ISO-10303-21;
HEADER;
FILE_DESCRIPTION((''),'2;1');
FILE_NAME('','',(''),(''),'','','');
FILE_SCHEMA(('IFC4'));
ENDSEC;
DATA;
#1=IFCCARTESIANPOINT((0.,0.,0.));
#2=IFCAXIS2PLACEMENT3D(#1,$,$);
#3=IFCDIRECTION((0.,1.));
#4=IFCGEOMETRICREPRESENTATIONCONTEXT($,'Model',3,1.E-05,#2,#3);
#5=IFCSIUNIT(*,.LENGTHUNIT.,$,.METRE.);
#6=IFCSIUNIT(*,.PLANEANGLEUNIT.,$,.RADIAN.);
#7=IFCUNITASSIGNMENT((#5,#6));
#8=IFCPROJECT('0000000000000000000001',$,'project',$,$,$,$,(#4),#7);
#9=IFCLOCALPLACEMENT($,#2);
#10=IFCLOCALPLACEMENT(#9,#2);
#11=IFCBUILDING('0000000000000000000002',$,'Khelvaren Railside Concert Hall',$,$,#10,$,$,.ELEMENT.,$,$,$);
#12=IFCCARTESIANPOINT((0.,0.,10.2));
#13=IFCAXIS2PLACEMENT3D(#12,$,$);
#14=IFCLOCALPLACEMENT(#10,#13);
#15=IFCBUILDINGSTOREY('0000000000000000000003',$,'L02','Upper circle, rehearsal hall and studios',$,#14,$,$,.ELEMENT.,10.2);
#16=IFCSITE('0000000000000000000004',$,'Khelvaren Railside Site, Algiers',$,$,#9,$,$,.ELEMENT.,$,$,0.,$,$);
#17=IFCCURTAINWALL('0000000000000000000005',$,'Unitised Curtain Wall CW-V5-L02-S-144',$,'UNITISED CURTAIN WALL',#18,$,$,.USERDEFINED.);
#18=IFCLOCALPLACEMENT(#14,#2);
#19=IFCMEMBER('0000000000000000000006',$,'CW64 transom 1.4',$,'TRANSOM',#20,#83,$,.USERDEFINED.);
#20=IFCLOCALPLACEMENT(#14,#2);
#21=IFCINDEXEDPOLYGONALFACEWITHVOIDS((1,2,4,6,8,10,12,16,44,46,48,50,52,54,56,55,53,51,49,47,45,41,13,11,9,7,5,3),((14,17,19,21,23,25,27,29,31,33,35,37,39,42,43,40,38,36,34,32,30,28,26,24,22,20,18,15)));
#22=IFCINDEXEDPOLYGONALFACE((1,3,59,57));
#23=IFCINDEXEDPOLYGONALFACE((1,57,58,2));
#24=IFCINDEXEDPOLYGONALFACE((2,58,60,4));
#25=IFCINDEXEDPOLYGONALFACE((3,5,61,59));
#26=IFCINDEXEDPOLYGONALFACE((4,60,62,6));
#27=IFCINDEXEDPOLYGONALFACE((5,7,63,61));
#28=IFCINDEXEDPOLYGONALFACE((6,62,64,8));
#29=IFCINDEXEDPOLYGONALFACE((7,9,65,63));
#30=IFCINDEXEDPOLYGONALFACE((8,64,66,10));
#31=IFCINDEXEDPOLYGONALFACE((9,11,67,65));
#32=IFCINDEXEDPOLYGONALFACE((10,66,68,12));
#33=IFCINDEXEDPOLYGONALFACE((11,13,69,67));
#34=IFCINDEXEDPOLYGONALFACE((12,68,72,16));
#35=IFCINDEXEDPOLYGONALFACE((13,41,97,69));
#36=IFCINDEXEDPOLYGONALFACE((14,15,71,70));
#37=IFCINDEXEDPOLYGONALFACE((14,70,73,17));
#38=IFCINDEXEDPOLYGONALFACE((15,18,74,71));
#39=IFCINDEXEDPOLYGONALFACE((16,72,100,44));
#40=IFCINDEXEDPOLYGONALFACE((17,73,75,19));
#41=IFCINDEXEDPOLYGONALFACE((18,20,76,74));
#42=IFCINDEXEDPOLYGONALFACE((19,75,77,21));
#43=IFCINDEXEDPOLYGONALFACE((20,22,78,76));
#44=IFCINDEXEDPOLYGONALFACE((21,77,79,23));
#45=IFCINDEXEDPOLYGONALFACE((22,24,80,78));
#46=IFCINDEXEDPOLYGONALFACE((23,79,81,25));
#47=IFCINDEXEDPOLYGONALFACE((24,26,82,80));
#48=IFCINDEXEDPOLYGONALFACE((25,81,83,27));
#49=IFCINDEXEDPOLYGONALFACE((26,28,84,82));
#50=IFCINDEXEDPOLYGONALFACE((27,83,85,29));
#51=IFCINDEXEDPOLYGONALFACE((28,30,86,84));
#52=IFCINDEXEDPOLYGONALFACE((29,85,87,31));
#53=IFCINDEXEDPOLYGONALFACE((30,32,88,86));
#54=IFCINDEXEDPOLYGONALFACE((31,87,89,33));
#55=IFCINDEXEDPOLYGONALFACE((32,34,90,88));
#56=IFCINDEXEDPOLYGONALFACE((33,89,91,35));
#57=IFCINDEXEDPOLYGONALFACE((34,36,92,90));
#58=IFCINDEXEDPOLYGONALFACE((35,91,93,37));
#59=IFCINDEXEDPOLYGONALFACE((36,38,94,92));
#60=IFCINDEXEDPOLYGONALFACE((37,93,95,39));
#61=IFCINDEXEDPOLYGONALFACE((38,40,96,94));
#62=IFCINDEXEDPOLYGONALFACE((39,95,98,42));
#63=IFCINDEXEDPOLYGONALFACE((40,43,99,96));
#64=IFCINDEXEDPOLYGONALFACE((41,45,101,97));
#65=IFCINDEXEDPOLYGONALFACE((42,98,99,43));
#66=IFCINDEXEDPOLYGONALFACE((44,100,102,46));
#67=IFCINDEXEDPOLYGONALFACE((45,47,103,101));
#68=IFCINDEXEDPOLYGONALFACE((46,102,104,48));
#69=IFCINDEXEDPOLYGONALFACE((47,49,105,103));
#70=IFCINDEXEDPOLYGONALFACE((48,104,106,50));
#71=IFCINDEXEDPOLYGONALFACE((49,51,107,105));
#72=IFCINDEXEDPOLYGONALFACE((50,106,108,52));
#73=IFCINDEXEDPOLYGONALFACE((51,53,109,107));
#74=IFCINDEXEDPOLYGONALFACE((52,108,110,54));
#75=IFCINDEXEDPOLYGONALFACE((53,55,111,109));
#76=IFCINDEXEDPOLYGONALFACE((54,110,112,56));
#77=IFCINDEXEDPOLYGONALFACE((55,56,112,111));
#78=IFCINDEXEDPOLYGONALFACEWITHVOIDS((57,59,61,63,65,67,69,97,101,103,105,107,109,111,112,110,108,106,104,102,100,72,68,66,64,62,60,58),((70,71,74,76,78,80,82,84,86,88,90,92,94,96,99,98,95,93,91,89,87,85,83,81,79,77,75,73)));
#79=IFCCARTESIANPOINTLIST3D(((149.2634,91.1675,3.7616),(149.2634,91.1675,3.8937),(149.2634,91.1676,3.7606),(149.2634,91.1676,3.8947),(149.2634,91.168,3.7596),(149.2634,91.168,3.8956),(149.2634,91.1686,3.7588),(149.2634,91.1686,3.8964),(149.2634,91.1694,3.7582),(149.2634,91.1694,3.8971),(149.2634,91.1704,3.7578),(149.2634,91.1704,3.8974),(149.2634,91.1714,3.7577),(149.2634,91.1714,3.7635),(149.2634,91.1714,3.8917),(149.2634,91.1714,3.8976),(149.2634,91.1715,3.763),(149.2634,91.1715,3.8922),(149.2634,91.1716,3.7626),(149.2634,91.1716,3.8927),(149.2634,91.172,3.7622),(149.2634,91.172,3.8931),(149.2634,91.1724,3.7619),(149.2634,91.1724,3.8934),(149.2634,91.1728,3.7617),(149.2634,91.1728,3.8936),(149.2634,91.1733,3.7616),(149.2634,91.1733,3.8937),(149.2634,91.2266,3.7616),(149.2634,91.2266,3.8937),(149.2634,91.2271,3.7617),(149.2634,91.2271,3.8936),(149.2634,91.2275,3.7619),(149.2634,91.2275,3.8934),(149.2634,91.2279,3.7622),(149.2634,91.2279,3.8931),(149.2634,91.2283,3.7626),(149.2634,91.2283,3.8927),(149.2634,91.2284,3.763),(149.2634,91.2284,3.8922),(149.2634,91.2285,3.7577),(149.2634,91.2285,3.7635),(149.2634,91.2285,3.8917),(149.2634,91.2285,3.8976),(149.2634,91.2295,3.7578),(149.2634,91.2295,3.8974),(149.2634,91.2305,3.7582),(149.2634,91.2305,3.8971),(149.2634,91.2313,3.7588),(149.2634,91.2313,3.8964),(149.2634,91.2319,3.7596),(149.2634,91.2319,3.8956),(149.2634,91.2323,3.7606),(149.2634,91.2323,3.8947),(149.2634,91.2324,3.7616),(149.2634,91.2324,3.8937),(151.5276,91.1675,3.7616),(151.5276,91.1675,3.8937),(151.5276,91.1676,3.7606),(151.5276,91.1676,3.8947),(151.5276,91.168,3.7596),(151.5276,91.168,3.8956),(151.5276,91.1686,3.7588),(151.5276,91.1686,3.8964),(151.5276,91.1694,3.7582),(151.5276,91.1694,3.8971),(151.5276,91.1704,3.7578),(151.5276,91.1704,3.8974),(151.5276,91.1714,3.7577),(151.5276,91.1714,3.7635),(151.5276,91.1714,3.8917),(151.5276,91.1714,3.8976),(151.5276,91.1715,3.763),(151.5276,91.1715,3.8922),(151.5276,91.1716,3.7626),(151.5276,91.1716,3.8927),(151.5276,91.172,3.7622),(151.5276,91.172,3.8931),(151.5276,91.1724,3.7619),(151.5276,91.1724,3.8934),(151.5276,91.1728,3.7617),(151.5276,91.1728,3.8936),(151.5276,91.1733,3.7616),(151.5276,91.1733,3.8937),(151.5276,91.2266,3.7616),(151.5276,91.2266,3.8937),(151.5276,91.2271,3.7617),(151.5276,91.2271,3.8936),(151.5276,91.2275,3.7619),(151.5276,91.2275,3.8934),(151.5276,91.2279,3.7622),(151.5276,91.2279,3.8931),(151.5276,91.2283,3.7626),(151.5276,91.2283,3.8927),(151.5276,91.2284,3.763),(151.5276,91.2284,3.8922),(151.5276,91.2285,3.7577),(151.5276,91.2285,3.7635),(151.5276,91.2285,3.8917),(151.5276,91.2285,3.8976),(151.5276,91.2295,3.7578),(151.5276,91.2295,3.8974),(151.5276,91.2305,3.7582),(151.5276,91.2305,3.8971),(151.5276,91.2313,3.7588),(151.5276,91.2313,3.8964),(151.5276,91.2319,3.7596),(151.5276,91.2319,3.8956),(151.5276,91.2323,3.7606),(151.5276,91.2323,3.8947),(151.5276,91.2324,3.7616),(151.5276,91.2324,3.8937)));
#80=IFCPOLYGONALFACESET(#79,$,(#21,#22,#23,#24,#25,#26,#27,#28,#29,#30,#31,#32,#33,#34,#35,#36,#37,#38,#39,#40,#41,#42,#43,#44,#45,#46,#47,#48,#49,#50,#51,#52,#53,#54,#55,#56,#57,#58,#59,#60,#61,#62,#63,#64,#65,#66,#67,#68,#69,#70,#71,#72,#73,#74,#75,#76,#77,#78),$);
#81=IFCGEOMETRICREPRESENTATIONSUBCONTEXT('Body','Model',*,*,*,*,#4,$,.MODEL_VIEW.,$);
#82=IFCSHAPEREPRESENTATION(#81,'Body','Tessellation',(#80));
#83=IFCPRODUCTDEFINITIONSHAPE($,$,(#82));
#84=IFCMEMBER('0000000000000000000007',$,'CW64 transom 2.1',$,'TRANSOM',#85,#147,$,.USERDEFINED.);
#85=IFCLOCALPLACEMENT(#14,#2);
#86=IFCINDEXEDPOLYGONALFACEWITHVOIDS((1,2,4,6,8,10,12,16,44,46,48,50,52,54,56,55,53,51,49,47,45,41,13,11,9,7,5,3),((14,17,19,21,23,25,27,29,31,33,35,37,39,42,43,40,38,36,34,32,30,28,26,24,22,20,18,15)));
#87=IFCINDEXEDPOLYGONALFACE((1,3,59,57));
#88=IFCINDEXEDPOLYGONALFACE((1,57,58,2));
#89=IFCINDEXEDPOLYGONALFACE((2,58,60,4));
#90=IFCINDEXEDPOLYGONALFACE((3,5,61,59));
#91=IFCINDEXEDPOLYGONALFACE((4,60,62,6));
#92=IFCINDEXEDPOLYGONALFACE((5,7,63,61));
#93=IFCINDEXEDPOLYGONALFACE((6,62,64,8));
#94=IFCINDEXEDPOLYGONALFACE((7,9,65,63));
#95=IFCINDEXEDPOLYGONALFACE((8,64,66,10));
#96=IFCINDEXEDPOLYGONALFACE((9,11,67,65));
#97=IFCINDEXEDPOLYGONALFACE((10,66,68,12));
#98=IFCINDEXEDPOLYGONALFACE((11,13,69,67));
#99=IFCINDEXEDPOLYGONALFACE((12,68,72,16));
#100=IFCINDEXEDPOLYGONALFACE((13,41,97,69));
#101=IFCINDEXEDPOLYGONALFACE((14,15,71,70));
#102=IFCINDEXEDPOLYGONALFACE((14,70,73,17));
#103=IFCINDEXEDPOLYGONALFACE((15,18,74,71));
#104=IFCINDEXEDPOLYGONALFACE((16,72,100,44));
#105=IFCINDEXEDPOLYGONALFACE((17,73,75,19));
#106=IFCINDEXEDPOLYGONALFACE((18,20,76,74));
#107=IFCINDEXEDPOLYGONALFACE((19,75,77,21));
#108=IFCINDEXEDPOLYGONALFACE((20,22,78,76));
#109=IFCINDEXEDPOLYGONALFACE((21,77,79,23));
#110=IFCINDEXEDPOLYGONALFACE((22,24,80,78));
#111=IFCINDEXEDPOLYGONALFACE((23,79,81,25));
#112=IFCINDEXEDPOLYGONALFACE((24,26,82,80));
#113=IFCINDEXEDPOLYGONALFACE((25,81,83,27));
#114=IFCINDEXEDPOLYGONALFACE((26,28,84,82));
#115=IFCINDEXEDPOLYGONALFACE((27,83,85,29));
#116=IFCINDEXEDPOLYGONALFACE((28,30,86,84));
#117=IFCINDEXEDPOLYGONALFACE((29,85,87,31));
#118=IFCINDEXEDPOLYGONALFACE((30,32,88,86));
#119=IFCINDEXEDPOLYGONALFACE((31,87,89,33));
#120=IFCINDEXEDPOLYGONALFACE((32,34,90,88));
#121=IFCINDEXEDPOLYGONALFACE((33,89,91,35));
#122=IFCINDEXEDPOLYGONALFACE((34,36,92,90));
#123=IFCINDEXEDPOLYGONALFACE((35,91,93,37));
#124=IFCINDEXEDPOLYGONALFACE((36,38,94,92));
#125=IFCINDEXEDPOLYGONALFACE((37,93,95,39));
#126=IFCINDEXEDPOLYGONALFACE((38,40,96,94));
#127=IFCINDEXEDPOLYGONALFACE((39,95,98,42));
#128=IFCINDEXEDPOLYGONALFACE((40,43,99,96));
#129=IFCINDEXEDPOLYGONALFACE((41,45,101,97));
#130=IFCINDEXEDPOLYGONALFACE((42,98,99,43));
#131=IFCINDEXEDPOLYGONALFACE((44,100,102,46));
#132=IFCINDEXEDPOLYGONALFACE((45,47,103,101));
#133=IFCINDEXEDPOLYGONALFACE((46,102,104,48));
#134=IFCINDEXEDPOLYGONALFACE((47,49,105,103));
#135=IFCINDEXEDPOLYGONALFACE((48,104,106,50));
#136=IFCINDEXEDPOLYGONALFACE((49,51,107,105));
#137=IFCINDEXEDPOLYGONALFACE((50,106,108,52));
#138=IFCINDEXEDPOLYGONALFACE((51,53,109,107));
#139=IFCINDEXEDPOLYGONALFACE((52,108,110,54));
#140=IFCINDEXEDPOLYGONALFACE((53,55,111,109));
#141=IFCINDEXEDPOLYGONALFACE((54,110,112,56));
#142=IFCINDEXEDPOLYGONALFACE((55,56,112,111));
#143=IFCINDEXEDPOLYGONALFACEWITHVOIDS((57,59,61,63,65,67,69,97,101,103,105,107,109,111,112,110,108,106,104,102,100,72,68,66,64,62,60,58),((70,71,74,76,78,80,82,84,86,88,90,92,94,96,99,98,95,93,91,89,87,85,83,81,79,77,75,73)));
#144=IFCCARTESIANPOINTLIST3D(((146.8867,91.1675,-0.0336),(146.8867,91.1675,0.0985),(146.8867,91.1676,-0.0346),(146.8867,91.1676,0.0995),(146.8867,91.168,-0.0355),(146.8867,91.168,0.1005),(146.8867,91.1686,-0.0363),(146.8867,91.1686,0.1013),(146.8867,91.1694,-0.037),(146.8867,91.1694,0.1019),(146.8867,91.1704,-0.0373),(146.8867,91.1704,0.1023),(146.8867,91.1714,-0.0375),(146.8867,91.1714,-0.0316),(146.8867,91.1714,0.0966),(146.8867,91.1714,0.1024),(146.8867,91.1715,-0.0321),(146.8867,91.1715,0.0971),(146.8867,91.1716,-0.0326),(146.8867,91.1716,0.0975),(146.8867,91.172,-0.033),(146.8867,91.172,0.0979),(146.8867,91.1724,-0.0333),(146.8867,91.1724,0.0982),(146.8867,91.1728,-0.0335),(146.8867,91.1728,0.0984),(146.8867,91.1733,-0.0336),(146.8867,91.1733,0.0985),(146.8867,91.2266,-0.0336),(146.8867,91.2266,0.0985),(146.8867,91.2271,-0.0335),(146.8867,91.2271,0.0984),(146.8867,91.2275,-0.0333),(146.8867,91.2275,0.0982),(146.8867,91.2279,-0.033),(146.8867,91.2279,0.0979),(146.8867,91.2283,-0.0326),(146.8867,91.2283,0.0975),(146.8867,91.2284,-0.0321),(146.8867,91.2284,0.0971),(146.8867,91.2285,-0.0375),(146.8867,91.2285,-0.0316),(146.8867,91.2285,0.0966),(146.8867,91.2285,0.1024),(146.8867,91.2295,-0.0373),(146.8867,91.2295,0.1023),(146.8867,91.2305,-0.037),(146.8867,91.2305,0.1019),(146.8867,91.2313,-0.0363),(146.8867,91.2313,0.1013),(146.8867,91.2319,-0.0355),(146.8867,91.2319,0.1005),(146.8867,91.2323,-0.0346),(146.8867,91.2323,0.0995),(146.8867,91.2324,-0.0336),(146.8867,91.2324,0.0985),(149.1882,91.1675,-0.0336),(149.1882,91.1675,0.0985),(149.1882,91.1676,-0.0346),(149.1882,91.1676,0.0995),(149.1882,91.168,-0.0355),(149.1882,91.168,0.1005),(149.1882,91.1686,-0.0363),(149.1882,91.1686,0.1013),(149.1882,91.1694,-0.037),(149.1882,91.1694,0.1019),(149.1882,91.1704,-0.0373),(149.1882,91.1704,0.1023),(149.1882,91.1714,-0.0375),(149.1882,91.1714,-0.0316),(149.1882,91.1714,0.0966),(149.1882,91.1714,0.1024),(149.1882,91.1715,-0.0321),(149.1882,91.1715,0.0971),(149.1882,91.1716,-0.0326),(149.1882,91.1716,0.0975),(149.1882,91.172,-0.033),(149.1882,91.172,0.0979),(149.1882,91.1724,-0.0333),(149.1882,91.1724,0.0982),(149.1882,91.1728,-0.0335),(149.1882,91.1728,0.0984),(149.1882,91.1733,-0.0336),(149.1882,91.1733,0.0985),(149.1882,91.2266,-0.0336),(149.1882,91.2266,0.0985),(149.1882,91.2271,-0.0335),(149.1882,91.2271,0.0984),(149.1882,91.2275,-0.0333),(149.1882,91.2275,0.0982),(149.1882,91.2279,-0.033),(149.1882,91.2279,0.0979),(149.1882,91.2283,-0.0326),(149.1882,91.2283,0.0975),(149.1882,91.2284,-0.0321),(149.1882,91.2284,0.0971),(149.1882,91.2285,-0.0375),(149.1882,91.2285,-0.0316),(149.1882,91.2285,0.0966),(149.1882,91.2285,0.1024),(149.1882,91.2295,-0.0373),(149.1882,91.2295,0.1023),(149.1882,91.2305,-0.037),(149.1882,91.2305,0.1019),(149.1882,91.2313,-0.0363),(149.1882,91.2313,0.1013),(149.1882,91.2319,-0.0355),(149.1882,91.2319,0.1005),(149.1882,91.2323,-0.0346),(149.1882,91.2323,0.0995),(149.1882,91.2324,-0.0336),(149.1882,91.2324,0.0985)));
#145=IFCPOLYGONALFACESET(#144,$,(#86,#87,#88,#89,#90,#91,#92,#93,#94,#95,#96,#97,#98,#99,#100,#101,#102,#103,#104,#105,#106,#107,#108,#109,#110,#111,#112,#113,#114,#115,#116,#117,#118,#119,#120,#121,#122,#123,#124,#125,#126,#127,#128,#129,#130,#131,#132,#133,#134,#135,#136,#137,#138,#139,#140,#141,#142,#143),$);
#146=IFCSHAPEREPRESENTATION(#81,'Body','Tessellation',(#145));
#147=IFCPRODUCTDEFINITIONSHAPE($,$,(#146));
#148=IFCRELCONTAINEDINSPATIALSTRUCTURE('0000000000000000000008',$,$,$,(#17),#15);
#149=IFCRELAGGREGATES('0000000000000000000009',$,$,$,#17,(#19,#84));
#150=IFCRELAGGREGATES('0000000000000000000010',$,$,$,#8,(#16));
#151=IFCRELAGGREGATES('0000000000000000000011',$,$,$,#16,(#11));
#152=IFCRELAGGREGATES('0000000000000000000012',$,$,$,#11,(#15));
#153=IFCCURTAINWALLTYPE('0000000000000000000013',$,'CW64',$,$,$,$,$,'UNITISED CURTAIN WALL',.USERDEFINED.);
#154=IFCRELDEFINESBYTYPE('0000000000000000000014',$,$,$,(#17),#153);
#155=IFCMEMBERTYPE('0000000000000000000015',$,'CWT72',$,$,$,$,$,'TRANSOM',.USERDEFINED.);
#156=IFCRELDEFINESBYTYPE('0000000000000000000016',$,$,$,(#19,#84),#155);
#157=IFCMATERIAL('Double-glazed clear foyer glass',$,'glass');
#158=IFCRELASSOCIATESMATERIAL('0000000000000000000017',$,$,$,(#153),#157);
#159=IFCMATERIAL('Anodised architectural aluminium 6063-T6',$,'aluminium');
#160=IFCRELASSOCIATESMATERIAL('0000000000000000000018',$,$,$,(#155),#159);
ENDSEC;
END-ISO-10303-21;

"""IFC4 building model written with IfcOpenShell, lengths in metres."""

from ifc_helpers import new_model, si_unit, direction, frame, origin, origin_2d, place, context, subcontext, project, spatial, hollow_rectangle, extrude, material, material_profile, profile_set, type_object, element, aggregate, save


model = new_model("IFC4")

# Units and contexts
model_context = context("Model", 3, precision=1e-05, world=origin(), true_north=direction((0.0, 1.0)))
body_context = subcontext(model_context, "Body", "Model", "MODEL_VIEW")
ifc_project = project(units=[si_unit("LENGTHUNIT", "METRE"), si_unit("PLANEANGLEUNIT", "RADIAN")], contexts=[model_context])

# Site, building, storey
site_placement = place(None, origin())
site = spatial("IfcSite", under=ifc_project, at=site_placement, Name="Khelvaren Railside Site, Algiers", CompositionType="ELEMENT", RefElevation=0.0)
building_placement = place(site_placement, origin())
building = spatial("IfcBuilding", under=site, at=building_placement, Name="Khelvaren Railside Concert Hall", CompositionType="ELEMENT")
storey_placement = place(building_placement, frame((0.0, 0.0, 10.2)))
storey = spatial("IfcBuildingStorey", under=building, at=storey_placement, Name="L02", Description="Upper circle, rehearsal hall and studios", CompositionType="ELEMENT", Elevation=10.2)

# Curtain wall
ifc_material_1 = material(Name="Double-glazed clear foyer glass", Category="glass")
curtain_wall_type_1 = type_object("IfcCurtainWallType", Name="CW64", ElementType="UNITISED CURTAIN WALL", PredefinedType="USERDEFINED", material=ifc_material_1)
curtain_wall_1_placement = place(storey_placement, origin())
curtain_wall_1 = element("IfcCurtainWall", 1, at=curtain_wall_1_placement, inside=storey, type_object=curtain_wall_type_1, Name="Unitised Curtain Wall CW-V5-L02-S-144", ObjectType="UNITISED CURTAIN WALL", PredefinedType="USERDEFINED")
ifc_material_2 = material(Name="Anodised architectural aluminium 6063-T6", Category="aluminium")

# Members
ifc_material_profile_1 = material_profile(ifc_material_2, hollow_rectangle(XDim=0.0649, YDim=0.1399, WallThickness=0.0039, InnerFilletRadius=0.002, OuterFilletRadius=0.0039, at=origin_2d()), Name="CWT 65x140x4")
ifc_profile_set_1 = profile_set([ifc_material_profile_1], Name="Anodised architectural aluminium 6063-T6")
member_type_1 = type_object("IfcMemberType", Name="CWT72", ElementType="TRANSOM", PredefinedType="USERDEFINED", material=ifc_profile_set_1)
member_1_placement = place(storey_placement, frame((151.5276, 91.2, 3.8276), z_axis=(-1.0, 0.0, 0.0), x_axis=(0.0, -1.0, 0.0)))
member_1 = element("IfcMember", 2, at=member_1_placement, type_object=member_type_1, Name="CW64 transom 1.4", ObjectType="TRANSOM", PredefinedType="USERDEFINED", context=body_context, shape_type="SweptSolid", body=[
    extrude(hollow_rectangle(XDim=0.0649, YDim=0.1399, WallThickness=0.0039, InnerFilletRadius=0.002, OuterFilletRadius=0.0039, at=origin_2d()), origin(), (0.0, 0.0, 1.0), 2.2642),
])
member_2_placement = place(storey_placement, frame((149.1882, 91.2, 0.0325), z_axis=(-1.0, 0.0, 0.0), x_axis=(0.0, -1.0, 0.0)))
member_2 = element("IfcMember", 3, at=member_2_placement, type_object=member_type_1, Name="CW64 transom 2.1", ObjectType="TRANSOM", PredefinedType="USERDEFINED", context=body_context, shape_type="SweptSolid", body=[
    extrude(hollow_rectangle(XDim=0.0649, YDim=0.1399, WallThickness=0.0039, InnerFilletRadius=0.002, OuterFilletRadius=0.0039, at=origin_2d()), origin(), (0.0, 0.0, 1.0), 2.3015),
])

aggregate(curtain_wall_1, [member_1, member_2])

save(model, "model.ifc")
